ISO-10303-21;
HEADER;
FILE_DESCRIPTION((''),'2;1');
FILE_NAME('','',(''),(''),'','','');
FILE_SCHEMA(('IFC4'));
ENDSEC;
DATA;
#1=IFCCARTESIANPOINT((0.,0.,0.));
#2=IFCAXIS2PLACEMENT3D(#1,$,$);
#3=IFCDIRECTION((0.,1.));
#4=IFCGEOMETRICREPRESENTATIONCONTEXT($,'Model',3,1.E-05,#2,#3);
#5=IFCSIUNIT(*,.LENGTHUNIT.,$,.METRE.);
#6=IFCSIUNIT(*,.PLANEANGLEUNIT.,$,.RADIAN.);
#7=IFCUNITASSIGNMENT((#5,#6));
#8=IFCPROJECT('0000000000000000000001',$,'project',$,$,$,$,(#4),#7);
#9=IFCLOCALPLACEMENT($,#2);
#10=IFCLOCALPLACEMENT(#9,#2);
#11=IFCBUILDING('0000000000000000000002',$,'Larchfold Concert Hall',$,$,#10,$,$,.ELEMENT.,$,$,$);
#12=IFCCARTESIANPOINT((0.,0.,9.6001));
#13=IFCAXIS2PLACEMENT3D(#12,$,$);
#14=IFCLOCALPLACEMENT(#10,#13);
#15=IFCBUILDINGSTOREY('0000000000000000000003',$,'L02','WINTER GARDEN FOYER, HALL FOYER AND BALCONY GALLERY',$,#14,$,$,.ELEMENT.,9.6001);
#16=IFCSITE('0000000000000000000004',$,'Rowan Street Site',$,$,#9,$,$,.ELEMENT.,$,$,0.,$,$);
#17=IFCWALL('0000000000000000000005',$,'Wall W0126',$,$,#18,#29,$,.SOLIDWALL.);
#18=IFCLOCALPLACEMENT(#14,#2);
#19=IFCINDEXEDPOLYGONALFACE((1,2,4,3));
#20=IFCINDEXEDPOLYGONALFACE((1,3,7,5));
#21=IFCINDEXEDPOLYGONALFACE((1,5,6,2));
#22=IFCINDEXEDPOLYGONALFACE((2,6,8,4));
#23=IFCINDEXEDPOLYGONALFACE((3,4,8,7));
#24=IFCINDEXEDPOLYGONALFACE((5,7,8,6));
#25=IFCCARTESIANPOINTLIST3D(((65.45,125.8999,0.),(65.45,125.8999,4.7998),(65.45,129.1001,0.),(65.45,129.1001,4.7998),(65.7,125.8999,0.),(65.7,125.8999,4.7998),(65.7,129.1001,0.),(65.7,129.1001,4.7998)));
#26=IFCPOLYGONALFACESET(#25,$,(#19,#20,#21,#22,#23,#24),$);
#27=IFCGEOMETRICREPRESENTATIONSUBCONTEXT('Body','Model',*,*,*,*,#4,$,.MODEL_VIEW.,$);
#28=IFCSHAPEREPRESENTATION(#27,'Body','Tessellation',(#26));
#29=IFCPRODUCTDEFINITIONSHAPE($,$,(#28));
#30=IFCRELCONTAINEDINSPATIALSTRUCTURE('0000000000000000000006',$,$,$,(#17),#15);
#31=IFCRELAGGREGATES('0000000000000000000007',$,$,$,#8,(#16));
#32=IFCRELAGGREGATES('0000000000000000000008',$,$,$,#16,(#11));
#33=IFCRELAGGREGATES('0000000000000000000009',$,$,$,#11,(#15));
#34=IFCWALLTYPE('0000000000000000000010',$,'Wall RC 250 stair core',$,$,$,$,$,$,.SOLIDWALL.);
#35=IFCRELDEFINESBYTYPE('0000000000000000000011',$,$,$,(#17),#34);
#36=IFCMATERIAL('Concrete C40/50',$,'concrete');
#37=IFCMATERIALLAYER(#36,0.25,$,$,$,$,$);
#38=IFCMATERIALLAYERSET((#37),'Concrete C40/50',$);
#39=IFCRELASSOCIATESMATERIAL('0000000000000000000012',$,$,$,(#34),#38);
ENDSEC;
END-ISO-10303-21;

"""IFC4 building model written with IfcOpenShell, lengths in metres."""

from ifc_helpers import new_model, si_unit, direction, frame, frame_2d, origin, place, context, subcontext, project, spatial, rectangle, extrude, material, layer, layer_set, type_object, element, save


model = new_model("IFC4")

# Units and contexts
model_context = context("Model", 3, precision=1e-05, world=origin(), true_north=direction((0.0, 1.0)))
body_context = subcontext(model_context, "Body", "Model", "MODEL_VIEW")
ifc_project = project(units=[si_unit("LENGTHUNIT", "METRE"), si_unit("PLANEANGLEUNIT", "RADIAN")], contexts=[model_context])

# Site, building, storey
site_placement = place(None, origin())
site = spatial("IfcSite", under=ifc_project, at=site_placement, Name="Rowan Street Site", CompositionType="ELEMENT", RefElevation=0.0)
building_placement = place(site_placement, origin())
building = spatial("IfcBuilding", under=site, at=building_placement, Name="Larchfold Concert Hall", CompositionType="ELEMENT")
storey_placement = place(building_placement, frame((0.0, 0.0, 9.6001)))
storey = spatial("IfcBuildingStorey", under=building, at=storey_placement, Name="L02", Description="WINTER GARDEN FOYER, HALL FOYER AND BALCONY GALLERY", CompositionType="ELEMENT", Elevation=9.6001)

# Wall
ifc_material_1 = material(Name="Concrete C40/50", Category="concrete")
ifc_layer_1 = layer(ifc_material_1, 0.25)
ifc_layer_set_1 = layer_set([ifc_layer_1], Name="Concrete C40/50")
wall_type = type_object("IfcWallType", Name="Wall RC 250 stair core", PredefinedType="SOLIDWALL", material=ifc_layer_set_1)
wall_placement = place(storey_placement, frame((65.575, 125.8999, 0.0), z_axis=(0.0, 0.0, 1.0), x_axis=(0.0, 1.0, 0.0)))
element("IfcWall", 1, at=wall_placement, inside=storey, type_object=wall_type, Name="Wall W0126", PredefinedType="SOLIDWALL", context=body_context, shape_type="SweptSolid", body=[
    extrude(rectangle(XDim=3.2002, YDim=0.25, at=frame_2d((1.6001, 0.0))), origin(), (0.0, 0.0, 1.0), 4.7998),
])

save(model, "model.ifc")
